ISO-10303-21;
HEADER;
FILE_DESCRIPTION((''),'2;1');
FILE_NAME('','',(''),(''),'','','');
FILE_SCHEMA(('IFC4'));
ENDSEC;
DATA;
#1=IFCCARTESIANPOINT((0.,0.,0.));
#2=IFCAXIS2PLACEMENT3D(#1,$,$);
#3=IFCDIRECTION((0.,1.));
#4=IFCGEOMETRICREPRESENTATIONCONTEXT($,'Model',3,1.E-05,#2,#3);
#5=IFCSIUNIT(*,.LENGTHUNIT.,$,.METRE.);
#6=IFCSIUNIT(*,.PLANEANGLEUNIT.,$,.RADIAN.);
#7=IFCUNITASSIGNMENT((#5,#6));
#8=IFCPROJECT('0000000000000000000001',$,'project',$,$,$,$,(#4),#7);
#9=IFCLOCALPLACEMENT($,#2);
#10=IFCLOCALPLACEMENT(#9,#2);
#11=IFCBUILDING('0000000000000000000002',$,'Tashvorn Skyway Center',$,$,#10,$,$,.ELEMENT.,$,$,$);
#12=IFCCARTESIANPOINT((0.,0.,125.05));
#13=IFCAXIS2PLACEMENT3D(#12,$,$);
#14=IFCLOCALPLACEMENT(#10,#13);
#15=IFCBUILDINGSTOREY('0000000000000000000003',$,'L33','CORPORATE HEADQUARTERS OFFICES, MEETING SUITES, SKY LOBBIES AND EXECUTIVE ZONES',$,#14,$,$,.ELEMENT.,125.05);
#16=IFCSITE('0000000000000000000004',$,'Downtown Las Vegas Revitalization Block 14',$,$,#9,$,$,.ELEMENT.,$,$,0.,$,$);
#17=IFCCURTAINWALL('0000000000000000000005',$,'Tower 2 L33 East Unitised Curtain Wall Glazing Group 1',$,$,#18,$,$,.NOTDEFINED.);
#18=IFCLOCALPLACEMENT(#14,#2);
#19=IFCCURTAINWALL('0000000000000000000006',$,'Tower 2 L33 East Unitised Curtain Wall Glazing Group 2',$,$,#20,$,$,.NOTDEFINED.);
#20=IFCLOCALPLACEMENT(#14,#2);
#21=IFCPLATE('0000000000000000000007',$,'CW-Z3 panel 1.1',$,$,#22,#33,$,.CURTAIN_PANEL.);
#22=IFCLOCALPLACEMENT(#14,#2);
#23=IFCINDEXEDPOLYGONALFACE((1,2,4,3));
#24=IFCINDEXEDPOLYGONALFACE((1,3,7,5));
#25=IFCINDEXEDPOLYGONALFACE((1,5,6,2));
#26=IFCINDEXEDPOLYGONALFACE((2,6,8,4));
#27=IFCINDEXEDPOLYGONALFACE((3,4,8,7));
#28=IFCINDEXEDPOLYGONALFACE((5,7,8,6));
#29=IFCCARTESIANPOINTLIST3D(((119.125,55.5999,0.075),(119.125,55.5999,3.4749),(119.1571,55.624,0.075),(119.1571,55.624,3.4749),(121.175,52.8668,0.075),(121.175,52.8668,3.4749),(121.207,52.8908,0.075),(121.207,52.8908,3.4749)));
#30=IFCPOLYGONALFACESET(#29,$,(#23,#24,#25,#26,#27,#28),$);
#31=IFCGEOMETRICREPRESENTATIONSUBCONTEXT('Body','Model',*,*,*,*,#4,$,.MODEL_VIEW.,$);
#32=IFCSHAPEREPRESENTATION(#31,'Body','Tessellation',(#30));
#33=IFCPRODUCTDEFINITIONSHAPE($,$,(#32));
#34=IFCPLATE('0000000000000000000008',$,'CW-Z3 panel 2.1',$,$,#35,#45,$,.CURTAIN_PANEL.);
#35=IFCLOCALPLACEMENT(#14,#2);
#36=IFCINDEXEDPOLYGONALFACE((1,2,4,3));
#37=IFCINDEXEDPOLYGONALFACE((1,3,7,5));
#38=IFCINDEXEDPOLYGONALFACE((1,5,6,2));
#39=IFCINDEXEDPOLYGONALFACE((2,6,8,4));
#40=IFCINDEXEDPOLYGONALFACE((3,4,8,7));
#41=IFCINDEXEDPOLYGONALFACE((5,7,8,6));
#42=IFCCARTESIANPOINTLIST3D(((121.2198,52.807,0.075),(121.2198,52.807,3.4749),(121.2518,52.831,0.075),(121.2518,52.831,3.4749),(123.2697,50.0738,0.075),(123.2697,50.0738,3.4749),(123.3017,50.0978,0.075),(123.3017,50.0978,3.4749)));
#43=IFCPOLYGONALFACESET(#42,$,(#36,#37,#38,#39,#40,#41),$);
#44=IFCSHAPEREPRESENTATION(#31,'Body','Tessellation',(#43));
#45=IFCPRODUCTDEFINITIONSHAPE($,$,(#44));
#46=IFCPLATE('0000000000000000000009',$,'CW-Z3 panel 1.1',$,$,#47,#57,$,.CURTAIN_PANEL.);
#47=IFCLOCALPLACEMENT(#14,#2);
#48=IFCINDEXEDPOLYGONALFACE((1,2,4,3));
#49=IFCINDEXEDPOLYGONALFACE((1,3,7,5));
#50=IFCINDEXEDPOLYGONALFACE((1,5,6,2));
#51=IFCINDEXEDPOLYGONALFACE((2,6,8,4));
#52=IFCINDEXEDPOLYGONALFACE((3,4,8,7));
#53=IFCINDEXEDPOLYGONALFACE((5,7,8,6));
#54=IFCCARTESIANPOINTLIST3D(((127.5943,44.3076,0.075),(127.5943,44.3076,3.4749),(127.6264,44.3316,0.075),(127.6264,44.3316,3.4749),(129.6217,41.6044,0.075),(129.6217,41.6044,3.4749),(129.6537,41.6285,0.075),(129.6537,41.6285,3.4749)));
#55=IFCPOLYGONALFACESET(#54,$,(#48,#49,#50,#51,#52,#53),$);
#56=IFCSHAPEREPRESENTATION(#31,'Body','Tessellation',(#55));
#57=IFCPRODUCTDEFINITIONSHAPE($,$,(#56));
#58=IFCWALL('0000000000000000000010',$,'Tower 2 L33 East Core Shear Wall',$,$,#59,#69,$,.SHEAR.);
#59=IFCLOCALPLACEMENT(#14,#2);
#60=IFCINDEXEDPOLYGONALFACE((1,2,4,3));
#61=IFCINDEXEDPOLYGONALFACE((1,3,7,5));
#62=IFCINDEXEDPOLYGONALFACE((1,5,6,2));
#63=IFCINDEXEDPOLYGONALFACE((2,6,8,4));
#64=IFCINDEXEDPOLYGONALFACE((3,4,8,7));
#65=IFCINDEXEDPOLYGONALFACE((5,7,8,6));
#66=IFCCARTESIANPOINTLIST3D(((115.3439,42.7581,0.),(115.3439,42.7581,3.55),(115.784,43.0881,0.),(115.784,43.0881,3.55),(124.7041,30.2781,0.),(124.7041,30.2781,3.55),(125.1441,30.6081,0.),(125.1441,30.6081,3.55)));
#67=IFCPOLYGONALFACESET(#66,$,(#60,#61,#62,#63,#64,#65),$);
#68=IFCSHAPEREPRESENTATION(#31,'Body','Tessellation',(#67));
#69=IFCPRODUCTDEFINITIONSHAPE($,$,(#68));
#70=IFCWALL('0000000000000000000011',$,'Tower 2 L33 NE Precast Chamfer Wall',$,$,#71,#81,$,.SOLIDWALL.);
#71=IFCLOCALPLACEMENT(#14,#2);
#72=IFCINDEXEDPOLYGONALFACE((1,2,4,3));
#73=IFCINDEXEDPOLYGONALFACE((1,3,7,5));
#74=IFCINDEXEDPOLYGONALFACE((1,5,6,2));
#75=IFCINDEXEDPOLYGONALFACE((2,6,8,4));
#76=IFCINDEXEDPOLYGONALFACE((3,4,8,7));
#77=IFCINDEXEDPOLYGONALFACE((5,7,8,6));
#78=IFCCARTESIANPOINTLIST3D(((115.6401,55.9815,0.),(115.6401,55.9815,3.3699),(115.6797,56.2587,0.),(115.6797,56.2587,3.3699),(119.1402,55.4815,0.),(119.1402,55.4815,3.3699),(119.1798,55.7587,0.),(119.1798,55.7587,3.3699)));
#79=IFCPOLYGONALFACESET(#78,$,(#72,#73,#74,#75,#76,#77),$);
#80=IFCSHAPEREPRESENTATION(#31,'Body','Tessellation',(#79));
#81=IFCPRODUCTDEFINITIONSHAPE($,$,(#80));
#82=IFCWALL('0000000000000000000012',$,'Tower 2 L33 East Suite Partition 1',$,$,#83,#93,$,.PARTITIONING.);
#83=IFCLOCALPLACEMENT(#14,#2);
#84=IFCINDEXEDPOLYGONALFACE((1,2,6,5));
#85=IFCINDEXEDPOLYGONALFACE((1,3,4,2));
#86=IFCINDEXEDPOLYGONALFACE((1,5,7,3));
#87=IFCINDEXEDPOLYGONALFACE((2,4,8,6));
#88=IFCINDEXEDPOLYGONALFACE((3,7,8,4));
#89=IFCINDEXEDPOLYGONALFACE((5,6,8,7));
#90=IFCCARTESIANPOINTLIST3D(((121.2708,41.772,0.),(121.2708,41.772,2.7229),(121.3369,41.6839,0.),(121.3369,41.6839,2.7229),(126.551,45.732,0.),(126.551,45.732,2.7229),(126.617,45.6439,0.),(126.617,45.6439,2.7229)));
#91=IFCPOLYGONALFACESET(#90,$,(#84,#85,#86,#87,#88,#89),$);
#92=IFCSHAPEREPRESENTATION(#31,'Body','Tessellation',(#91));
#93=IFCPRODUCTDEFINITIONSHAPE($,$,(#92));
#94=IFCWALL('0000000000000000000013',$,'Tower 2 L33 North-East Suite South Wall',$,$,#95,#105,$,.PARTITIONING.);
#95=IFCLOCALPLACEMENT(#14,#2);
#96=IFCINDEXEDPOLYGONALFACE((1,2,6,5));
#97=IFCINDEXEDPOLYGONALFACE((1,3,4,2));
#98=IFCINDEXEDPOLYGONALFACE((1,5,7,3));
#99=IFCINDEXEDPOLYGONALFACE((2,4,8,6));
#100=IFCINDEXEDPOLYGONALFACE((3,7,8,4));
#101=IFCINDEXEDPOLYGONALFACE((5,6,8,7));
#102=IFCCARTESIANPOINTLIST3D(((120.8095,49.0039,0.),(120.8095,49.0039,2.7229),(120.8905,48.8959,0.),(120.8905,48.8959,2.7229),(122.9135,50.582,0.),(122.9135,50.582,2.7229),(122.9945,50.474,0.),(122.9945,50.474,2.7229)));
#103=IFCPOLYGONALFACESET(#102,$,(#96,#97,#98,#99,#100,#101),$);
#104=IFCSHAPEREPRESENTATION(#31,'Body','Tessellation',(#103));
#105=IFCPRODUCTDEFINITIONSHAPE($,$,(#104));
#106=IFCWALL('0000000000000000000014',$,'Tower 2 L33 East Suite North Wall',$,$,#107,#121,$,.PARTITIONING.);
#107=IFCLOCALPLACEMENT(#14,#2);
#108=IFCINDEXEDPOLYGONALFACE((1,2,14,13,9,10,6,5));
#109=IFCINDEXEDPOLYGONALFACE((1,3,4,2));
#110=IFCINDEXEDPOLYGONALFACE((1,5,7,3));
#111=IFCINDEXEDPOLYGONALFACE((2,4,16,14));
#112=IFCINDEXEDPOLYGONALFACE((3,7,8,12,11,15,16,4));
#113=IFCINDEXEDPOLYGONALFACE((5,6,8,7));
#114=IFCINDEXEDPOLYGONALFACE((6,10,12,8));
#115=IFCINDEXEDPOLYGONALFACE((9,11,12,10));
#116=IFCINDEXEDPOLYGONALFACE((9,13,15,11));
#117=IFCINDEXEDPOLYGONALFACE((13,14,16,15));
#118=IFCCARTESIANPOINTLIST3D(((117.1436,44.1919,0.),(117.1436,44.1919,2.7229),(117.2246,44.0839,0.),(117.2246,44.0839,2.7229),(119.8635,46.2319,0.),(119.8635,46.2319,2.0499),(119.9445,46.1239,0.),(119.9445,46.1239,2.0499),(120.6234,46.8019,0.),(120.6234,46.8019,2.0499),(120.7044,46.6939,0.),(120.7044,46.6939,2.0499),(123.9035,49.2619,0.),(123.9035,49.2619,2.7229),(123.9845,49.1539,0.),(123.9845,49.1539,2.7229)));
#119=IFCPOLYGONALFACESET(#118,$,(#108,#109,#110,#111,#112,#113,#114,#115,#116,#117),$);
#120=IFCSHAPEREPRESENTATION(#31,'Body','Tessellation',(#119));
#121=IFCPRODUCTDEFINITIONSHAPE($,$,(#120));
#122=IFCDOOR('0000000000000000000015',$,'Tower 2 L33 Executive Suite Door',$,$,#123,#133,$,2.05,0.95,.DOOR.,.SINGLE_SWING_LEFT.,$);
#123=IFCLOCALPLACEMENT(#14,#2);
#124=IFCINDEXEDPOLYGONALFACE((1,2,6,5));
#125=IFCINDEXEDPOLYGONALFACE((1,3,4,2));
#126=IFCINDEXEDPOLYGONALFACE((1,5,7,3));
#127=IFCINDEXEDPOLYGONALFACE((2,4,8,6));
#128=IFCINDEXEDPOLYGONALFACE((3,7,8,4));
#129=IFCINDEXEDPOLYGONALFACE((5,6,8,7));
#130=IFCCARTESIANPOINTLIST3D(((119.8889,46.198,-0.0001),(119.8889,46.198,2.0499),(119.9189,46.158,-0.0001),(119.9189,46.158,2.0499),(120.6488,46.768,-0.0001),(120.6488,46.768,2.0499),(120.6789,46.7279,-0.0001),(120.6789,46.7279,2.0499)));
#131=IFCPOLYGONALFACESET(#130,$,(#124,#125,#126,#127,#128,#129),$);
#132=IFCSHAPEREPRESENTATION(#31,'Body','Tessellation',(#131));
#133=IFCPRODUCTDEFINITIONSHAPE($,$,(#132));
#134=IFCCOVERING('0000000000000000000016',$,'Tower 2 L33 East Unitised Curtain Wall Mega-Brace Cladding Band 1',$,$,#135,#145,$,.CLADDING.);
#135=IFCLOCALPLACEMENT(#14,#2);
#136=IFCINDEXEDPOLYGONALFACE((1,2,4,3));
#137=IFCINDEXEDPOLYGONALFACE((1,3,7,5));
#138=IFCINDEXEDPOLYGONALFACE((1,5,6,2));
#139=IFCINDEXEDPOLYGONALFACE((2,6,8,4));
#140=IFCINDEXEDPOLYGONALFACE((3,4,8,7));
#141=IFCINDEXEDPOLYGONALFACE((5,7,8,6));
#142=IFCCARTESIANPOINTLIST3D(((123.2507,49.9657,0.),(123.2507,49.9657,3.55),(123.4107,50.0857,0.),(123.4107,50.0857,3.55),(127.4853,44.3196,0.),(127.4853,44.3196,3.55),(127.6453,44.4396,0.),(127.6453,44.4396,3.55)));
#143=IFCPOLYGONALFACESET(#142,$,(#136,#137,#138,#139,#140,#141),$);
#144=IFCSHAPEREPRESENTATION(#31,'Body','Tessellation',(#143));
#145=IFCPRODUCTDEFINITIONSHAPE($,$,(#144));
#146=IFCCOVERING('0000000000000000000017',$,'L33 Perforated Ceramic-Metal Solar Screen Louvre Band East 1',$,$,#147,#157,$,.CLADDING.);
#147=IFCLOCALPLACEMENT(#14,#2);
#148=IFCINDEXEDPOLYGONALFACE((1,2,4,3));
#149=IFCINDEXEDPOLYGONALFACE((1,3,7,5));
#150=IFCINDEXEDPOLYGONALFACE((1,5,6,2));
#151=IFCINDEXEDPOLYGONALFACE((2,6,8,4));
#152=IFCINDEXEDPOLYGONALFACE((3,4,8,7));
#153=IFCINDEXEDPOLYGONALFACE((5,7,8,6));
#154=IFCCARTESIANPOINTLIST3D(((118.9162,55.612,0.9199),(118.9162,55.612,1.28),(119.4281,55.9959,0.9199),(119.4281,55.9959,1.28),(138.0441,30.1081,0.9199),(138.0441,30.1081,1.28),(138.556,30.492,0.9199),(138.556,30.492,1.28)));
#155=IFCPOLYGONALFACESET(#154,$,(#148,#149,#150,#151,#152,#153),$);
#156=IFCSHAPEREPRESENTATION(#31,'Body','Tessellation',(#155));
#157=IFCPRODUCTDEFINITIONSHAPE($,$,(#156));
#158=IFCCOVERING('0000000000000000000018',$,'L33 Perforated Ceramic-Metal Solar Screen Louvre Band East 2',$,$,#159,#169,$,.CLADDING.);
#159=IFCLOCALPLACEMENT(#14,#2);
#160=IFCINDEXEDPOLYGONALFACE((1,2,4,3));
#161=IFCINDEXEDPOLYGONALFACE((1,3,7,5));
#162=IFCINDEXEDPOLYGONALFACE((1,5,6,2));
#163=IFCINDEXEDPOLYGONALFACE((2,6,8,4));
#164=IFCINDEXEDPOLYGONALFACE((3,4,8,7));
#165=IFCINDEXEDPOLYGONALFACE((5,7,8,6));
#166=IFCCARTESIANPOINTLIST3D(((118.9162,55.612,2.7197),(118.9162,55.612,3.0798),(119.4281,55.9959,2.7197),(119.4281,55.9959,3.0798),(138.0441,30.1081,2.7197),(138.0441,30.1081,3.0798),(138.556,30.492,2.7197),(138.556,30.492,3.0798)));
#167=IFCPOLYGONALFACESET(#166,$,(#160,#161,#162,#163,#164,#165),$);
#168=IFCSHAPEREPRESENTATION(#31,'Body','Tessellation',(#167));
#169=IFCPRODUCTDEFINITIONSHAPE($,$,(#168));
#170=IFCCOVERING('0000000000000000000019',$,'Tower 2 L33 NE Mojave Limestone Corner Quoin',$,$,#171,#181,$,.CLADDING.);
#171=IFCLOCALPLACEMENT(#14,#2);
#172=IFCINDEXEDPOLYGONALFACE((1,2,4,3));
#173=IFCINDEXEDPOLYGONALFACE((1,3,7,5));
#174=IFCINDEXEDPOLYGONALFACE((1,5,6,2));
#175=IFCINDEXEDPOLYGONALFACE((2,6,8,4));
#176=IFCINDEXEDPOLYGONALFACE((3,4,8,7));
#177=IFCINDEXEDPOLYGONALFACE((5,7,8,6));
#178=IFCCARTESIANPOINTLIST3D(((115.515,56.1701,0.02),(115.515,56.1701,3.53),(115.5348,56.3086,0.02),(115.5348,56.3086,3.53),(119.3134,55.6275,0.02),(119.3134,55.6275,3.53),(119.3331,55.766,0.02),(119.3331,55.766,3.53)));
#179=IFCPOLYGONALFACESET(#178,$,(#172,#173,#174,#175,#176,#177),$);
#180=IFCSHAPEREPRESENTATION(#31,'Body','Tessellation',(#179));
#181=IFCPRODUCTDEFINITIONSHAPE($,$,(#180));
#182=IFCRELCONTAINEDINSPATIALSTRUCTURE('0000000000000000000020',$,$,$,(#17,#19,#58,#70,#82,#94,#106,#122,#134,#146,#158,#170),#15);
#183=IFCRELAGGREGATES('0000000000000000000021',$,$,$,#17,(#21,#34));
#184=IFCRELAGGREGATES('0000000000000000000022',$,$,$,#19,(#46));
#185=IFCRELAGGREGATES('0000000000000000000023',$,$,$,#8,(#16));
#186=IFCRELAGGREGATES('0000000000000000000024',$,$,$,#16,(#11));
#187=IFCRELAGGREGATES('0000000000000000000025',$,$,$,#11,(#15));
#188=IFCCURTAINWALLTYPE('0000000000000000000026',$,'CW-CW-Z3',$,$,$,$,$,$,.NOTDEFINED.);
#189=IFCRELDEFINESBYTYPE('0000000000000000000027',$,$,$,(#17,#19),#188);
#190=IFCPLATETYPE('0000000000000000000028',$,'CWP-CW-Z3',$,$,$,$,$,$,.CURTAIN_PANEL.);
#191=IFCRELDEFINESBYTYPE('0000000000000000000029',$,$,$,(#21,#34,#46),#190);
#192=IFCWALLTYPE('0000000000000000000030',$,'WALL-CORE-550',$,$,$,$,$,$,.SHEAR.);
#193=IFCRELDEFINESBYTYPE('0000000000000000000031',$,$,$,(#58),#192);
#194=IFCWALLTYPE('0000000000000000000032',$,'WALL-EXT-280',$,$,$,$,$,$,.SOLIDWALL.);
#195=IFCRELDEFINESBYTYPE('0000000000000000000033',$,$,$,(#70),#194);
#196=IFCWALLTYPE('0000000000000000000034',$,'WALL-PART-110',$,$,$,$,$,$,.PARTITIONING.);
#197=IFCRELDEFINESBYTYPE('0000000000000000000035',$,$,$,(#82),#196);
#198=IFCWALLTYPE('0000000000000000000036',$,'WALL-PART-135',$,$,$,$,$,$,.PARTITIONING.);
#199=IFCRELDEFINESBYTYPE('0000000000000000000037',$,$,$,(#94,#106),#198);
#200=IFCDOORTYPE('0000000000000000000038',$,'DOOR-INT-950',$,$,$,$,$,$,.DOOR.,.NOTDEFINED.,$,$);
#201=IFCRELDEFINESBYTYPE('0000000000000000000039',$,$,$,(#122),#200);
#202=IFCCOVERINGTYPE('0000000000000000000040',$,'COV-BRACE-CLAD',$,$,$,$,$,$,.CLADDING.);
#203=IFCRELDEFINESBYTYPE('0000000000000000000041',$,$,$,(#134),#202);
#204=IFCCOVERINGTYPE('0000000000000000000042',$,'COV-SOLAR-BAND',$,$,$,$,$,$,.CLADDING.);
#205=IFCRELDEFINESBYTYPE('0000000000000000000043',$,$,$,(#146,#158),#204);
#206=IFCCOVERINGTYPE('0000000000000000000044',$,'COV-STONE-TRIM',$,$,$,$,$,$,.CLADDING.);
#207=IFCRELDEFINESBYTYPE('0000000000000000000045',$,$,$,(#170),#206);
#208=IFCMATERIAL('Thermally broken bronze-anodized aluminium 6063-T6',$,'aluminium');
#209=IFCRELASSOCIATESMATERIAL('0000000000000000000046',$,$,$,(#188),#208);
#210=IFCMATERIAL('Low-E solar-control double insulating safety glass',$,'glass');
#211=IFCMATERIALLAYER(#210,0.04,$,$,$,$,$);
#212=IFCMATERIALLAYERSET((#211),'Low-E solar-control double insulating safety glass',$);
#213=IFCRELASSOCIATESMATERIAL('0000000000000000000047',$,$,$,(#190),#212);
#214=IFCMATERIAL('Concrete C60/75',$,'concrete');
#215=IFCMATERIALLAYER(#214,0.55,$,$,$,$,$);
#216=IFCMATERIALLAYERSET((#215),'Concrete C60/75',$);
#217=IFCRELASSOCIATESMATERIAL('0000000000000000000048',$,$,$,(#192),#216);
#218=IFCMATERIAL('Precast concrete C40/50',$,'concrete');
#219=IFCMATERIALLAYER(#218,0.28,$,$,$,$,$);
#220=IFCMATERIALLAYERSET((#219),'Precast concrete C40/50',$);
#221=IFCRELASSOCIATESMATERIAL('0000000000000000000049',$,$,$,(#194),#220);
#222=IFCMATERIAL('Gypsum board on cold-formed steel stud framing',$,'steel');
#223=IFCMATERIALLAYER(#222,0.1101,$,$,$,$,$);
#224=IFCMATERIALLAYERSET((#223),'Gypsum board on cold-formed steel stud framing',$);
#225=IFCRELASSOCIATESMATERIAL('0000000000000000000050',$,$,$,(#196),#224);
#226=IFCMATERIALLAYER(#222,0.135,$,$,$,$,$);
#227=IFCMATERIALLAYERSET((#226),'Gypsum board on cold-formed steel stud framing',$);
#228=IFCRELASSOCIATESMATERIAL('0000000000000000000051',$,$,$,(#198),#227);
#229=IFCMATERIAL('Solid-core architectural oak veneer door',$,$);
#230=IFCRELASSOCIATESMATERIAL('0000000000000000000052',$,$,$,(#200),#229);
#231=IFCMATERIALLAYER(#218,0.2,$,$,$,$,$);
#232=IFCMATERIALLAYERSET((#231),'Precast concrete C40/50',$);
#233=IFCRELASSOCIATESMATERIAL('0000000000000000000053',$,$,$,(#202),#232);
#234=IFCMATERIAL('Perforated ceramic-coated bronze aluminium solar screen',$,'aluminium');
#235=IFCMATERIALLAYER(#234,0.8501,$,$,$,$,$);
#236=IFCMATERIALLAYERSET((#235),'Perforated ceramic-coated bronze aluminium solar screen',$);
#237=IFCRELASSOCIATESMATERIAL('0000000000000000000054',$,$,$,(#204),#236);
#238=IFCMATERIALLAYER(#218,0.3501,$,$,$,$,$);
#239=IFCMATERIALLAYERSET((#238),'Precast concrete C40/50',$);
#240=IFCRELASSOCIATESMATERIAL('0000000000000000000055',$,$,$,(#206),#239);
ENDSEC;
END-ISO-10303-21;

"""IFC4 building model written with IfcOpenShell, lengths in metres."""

from ifc_helpers import new_model, si_unit, direction, frame, frame_2d, origin, origin_2d, place, context, subcontext, project, spatial, rectangle, extrude, material, layer, layer_set, type_object, element, fill, aggregate, save


model = new_model("IFC4")

# Units and contexts
model_context = context("Model", 3, precision=1e-05, world=origin(), true_north=direction((0.0, 1.0)))
body_context = subcontext(model_context, "Body", "Model", "MODEL_VIEW")
ifc_project = project(units=[si_unit("LENGTHUNIT", "METRE"), si_unit("PLANEANGLEUNIT", "RADIAN")], contexts=[model_context])

# Site, building, storey
site_placement = place(None, origin())
site = spatial("IfcSite", under=ifc_project, at=site_placement, Name="Downtown Las Vegas Revitalization Block 14", CompositionType="ELEMENT", RefElevation=0.0)
building_placement = place(site_placement, origin())
building = spatial("IfcBuilding", under=site, at=building_placement, Name="Tashvorn Skyway Center", CompositionType="ELEMENT")
storey_placement = place(building_placement, frame((0.0, 0.0, 125.05)))
storey = spatial("IfcBuildingStorey", under=building, at=storey_placement, Name="L33", Description="CORPORATE HEADQUARTERS OFFICES, MEETING SUITES, SKY LOBBIES AND EXECUTIVE ZONES", CompositionType="ELEMENT", Elevation=125.05)

# Shared definitions
ifc_material_1 = material(Name="Thermally broken bronze-anodized aluminium 6063-T6", Category="aluminium")
curtain_wall_type = type_object("IfcCurtainWallType", Name="CW-CW-Z3", PredefinedType="NOTDEFINED", material=ifc_material_1)

# Curtain walls
curtain_wall_1_placement = place(storey_placement, origin())
curtain_wall_1 = element("IfcCurtainWall", 1, at=curtain_wall_1_placement, inside=storey, type_object=curtain_wall_type, Name="Tower 2 L33 East Unitised Curtain Wall Glazing Group 1", PredefinedType="NOTDEFINED")
curtain_wall_2_placement = place(storey_placement, origin())
curtain_wall_2 = element("IfcCurtainWall", 2, at=curtain_wall_2_placement, inside=storey, type_object=curtain_wall_type, Name="Tower 2 L33 East Unitised Curtain Wall Glazing Group 2", PredefinedType="NOTDEFINED")

# Plates
ifc_material_2 = material(Name="Low-E solar-control double insulating safety glass", Category="glass")
ifc_layer_1 = layer(ifc_material_2, 0.04)
ifc_layer_set_1 = layer_set([ifc_layer_1], Name="Low-E solar-control double insulating safety glass")
plate_type = type_object("IfcPlateType", Name="CWP-CW-Z3", PredefinedType="CURTAIN_PANEL", material=ifc_layer_set_1)
plate_1_placement = place(storey_placement, frame((120.166, 54.2454, 0.075), z_axis=(0.0, 0.0, 1.0), x_axis=(0.600005, -0.799997, 0.0)))
plate_1 = element("IfcPlate", 3, at=plate_1_placement, type_object=plate_type, Name="CW-Z3 panel 1.1", PredefinedType="CURTAIN_PANEL", context=body_context, shape_type="SweptSolid", body=[
    extrude(rectangle(XDim=3.4165, YDim=0.04, at=origin_2d()), origin(), (0.0, 0.0, 1.0), 3.3999),
])
plate_2_placement = place(storey_placement, frame((122.2607, 51.4524, 0.075), z_axis=(0.0, 0.0, 1.0), x_axis=(0.600005, -0.799997, 0.0)))
plate_2 = element("IfcPlate", 4, at=plate_2_placement, type_object=plate_type, Name="CW-Z3 panel 2.1", PredefinedType="CURTAIN_PANEL", context=body_context, shape_type="SweptSolid", body=[
    extrude(rectangle(XDim=3.4165, YDim=0.04, at=origin_2d()), origin(), (0.0, 0.0, 1.0), 3.3999),
])
aggregate(curtain_wall_1, [plate_1, plate_2])
plate_3_placement = place(storey_placement, frame((128.624, 42.968, 0.075), z_axis=(0.0, 0.0, 1.0), x_axis=(0.6, -0.8, 0.0)))
plate_3 = element("IfcPlate", 5, at=plate_3_placement, type_object=plate_type, Name="CW-Z3 panel 1.1", PredefinedType="CURTAIN_PANEL", context=body_context, shape_type="SweptSolid", body=[
    extrude(rectangle(XDim=3.3789, YDim=0.04, at=origin_2d()), origin(), (0.0, 0.0, 1.0), 3.3999),
])
aggregate(curtain_wall_2, [plate_3])

# Walls
ifc_material_3 = material(Name="Concrete C60/75", Category="concrete")
ifc_layer_2 = layer(ifc_material_3, 0.55)
ifc_layer_set_2 = layer_set([ifc_layer_2], Name="Concrete C60/75")
wall_type_1 = type_object("IfcWallType", Name="WALL-CORE-550", PredefinedType="SHEAR", material=ifc_layer_set_2)
wall_1_placement = place(storey_placement, frame((115.564, 42.9231, 0.0), z_axis=(0.0, 0.0, 1.0), x_axis=(0.600005, -0.799996, 0.0)))
element("IfcWall", 6, at=wall_1_placement, inside=storey, type_object=wall_type_1, Name="Tower 2 L33 East Core Shear Wall", PredefinedType="SHEAR", context=body_context, shape_type="SweptSolid", body=[
    extrude(rectangle(XDim=15.6001, YDim=0.55, at=frame_2d((7.8, 0.0))), origin(), (0.0, 0.0, 1.0), 3.55),
])
ifc_material_4 = material(Name="Precast concrete C40/50", Category="concrete")
ifc_layer_3 = layer(ifc_material_4, 0.28)
ifc_layer_set_3 = layer_set([ifc_layer_3], Name="Precast concrete C40/50")
wall_type_2 = type_object("IfcWallType", Name="WALL-EXT-280", PredefinedType="SOLIDWALL", material=ifc_layer_set_3)
wall_2_placement = place(storey_placement, frame((115.6599, 56.1201, 0.0), z_axis=(0.0, 0.0, 1.0), x_axis=(0.989949, -0.141421, 0.0)))
element("IfcWall", 7, at=wall_2_placement, inside=storey, type_object=wall_type_2, Name="Tower 2 L33 NE Precast Chamfer Wall", PredefinedType="SOLIDWALL", context=body_context, shape_type="SweptSolid", body=[
    extrude(rectangle(XDim=3.5356, YDim=0.28, at=frame_2d((1.7678, 0.0))), origin(), (0.0, 0.0, 1.0), 3.3699),
])
ifc_material_5 = material(Name="Gypsum board on cold-formed steel stud framing", Category="steel")
ifc_layer_4 = layer(ifc_material_5, 0.1101)
ifc_layer_set_4 = layer_set([ifc_layer_4], Name="Gypsum board on cold-formed steel stud framing")
wall_type_3 = type_object("IfcWallType", Name="WALL-PART-110", PredefinedType="PARTITIONING", material=ifc_layer_set_4)
wall_3_placement = place(storey_placement, frame((126.584, 45.688, 0.0), z_axis=(0.0, 0.0, 1.0), x_axis=(-0.800004, -0.599994, 0.0)))
element("IfcWall", 8, at=wall_3_placement, inside=storey, type_object=wall_type_3, Name="Tower 2 L33 East Suite Partition 1", PredefinedType="PARTITIONING", context=body_context, shape_type="SweptSolid", body=[
    extrude(rectangle(XDim=6.6001, YDim=0.1101, at=frame_2d((3.3, 0.0))), origin(), (0.0, 0.0, 1.0), 2.7229),
])
ifc_layer_5 = layer(ifc_material_5, 0.135)
ifc_layer_set_5 = layer_set([ifc_layer_5], Name="Gypsum board on cold-formed steel stud framing")
wall_type_4 = type_object("IfcWallType", Name="WALL-PART-135", PredefinedType="PARTITIONING", material=ifc_layer_set_5)
wall_4_placement = place(storey_placement, frame((120.8501, 48.95, 0.0), z_axis=(0.0, 0.0, 1.0), x_axis=(0.799978, 0.60003, 0.0)))
element("IfcWall", 9, at=wall_4_placement, inside=storey, type_object=wall_type_4, Name="Tower 2 L33 North-East Suite South Wall", PredefinedType="PARTITIONING", context=body_context, shape_type="SweptSolid", body=[
    extrude(rectangle(XDim=2.6301, YDim=0.135, at=frame_2d((1.3149, 0.0))), origin(), (0.0, 0.0, 1.0), 2.7229),
])

# Wall, opening, door
wall_5_placement = place(storey_placement, frame((123.9441, 49.208, 0.0), z_axis=(0.0, 0.0, 1.0), x_axis=(-0.799997, -0.600005, 0.0)))
wall_5 = element("IfcWall", 10, at=wall_5_placement, inside=storey, type_object=wall_type_4, Name="Tower 2 L33 East Suite North Wall", PredefinedType="PARTITIONING", context=body_context, shape_type="SweptSolid", body=[
    extrude(rectangle(XDim=8.45, YDim=0.135, at=frame_2d((4.2251, 0.0))), origin(), (0.0, 0.0, 1.0), 2.7229),
])
opening_placement = place(wall_5_placement, frame((4.1001, 0.0, 0.0)))
opening = element("IfcOpeningElement", 11, at=opening_placement, cuts=wall_5, PredefinedType="OPENING", context=body_context, shape_type="SweptSolid", body=[
    extrude(rectangle(XDim=0.95, YDim=2.05, at=frame_2d((0.4751, 1.0249))), frame((0.0, 0.0774, 0.0), z_axis=(0.0, -1.0, 0.0), x_axis=(1.0, 0.0, 0.0)), (0.0, 0.0, 1.0), 0.155),
])
ifc_material_6 = material(Name="Solid-core architectural oak veneer door")
door_type = type_object("IfcDoorType", Name="DOOR-INT-950", OperationType="NOTDEFINED", PredefinedType="DOOR", material=ifc_material_6)
door_placement = place(opening_placement, origin())
door = element("IfcDoor", 12, at=door_placement, inside=storey, type_object=door_type, Name="Tower 2 L33 Executive Suite Door", OperationType="SINGLE_SWING_LEFT", OverallHeight=2.05, OverallWidth=0.95, PredefinedType="DOOR", context=body_context, shape_type="SweptSolid", body=[
    extrude(rectangle(XDim=0.95, YDim=2.05, at=frame_2d((0.4751, 1.0249))), frame((0.0, 0.0249, 0.0), z_axis=(0.0, -1.0, 0.0), x_axis=(1.0, 0.0, 0.0)), (0.0, 0.0, 1.0), 0.05),
])
fill(opening, door)

# Coverings
ifc_layer_6 = layer(ifc_material_4, 0.2)
ifc_layer_set_6 = layer_set([ifc_layer_6], Name="Precast concrete C40/50")
covering_type_1 = type_object("IfcCoveringType", Name="COV-BRACE-CLAD", PredefinedType="CLADDING", material=ifc_layer_set_6)
covering_1_placement = place(storey_placement, frame((125.448, 47.2026, 0.0), z_axis=(0.0, 0.0, 1.0), x_axis=(0.6, -0.8, 0.0)))
element("IfcCovering", 13, at=covering_1_placement, inside=storey, type_object=covering_type_1, Name="Tower 2 L33 East Unitised Curtain Wall Mega-Brace Cladding Band 1", PredefinedType="CLADDING", context=body_context, shape_type="SweptSolid", body=[
    extrude(rectangle(XDim=7.0576, YDim=0.2, at=origin_2d()), origin(), (0.0, 0.0, 1.0), 3.55),
])
ifc_material_7 = material(Name="Perforated ceramic-coated bronze aluminium solar screen", Category="aluminium")
ifc_layer_7 = layer(ifc_material_7, 0.8501)
ifc_layer_set_7 = layer_set([ifc_layer_7], Name="Perforated ceramic-coated bronze aluminium solar screen")
covering_type_2 = type_object("IfcCoveringType", Name="COV-SOLAR-BAND", PredefinedType="CLADDING", material=ifc_layer_set_7)
for number, where, z_axis, x_axis, name in (
    (14, (128.7361, 43.052, 0.9199), (0.0, 0.0, 1.0), (0.6, -0.8, 0.0), "L33 Perforated Ceramic-Metal Solar Screen Louvre Band East 1"),
    (15, (128.7361, 43.052, 2.7197), (0.0, 0.0, 1.0), (0.6, -0.8, 0.0), "L33 Perforated Ceramic-Metal Solar Screen Louvre Band East 2"),
):
    element("IfcCovering", number, at=place(storey_placement, frame(where, z_axis=z_axis, x_axis=x_axis)), inside=storey, type_object=covering_type_2, Name=name, PredefinedType="CLADDING", context=body_context, shape_type="SweptSolid", body=[
        extrude(rectangle(XDim=31.8799, YDim=0.6399, at=origin_2d()), origin(), (0.0, 0.0, 1.0), 0.3601),
    ])
ifc_layer_8 = layer(ifc_material_4, 0.3501)
ifc_layer_set_8 = layer_set([ifc_layer_8], Name="Precast concrete C40/50")
covering_type_3 = type_object("IfcCoveringType", Name="COV-STONE-TRIM", PredefinedType="CLADDING", material=ifc_layer_set_8)
covering_2_placement = place(storey_placement, frame((117.4241, 55.968, 0.02), z_axis=(0.0, 0.0, 1.0), x_axis=(0.989949, -0.141421, 0.0)))
element("IfcCovering", 16, at=covering_2_placement, inside=storey, type_object=covering_type_3, Name="Tower 2 L33 NE Mojave Limestone Corner Quoin", PredefinedType="CLADDING", context=body_context, shape_type="SweptSolid", body=[
    extrude(rectangle(XDim=3.8369, YDim=0.1399, at=origin_2d()), origin(), (0.0, 0.0, 1.0), 3.51),
])

save(model, "model.ifc")
